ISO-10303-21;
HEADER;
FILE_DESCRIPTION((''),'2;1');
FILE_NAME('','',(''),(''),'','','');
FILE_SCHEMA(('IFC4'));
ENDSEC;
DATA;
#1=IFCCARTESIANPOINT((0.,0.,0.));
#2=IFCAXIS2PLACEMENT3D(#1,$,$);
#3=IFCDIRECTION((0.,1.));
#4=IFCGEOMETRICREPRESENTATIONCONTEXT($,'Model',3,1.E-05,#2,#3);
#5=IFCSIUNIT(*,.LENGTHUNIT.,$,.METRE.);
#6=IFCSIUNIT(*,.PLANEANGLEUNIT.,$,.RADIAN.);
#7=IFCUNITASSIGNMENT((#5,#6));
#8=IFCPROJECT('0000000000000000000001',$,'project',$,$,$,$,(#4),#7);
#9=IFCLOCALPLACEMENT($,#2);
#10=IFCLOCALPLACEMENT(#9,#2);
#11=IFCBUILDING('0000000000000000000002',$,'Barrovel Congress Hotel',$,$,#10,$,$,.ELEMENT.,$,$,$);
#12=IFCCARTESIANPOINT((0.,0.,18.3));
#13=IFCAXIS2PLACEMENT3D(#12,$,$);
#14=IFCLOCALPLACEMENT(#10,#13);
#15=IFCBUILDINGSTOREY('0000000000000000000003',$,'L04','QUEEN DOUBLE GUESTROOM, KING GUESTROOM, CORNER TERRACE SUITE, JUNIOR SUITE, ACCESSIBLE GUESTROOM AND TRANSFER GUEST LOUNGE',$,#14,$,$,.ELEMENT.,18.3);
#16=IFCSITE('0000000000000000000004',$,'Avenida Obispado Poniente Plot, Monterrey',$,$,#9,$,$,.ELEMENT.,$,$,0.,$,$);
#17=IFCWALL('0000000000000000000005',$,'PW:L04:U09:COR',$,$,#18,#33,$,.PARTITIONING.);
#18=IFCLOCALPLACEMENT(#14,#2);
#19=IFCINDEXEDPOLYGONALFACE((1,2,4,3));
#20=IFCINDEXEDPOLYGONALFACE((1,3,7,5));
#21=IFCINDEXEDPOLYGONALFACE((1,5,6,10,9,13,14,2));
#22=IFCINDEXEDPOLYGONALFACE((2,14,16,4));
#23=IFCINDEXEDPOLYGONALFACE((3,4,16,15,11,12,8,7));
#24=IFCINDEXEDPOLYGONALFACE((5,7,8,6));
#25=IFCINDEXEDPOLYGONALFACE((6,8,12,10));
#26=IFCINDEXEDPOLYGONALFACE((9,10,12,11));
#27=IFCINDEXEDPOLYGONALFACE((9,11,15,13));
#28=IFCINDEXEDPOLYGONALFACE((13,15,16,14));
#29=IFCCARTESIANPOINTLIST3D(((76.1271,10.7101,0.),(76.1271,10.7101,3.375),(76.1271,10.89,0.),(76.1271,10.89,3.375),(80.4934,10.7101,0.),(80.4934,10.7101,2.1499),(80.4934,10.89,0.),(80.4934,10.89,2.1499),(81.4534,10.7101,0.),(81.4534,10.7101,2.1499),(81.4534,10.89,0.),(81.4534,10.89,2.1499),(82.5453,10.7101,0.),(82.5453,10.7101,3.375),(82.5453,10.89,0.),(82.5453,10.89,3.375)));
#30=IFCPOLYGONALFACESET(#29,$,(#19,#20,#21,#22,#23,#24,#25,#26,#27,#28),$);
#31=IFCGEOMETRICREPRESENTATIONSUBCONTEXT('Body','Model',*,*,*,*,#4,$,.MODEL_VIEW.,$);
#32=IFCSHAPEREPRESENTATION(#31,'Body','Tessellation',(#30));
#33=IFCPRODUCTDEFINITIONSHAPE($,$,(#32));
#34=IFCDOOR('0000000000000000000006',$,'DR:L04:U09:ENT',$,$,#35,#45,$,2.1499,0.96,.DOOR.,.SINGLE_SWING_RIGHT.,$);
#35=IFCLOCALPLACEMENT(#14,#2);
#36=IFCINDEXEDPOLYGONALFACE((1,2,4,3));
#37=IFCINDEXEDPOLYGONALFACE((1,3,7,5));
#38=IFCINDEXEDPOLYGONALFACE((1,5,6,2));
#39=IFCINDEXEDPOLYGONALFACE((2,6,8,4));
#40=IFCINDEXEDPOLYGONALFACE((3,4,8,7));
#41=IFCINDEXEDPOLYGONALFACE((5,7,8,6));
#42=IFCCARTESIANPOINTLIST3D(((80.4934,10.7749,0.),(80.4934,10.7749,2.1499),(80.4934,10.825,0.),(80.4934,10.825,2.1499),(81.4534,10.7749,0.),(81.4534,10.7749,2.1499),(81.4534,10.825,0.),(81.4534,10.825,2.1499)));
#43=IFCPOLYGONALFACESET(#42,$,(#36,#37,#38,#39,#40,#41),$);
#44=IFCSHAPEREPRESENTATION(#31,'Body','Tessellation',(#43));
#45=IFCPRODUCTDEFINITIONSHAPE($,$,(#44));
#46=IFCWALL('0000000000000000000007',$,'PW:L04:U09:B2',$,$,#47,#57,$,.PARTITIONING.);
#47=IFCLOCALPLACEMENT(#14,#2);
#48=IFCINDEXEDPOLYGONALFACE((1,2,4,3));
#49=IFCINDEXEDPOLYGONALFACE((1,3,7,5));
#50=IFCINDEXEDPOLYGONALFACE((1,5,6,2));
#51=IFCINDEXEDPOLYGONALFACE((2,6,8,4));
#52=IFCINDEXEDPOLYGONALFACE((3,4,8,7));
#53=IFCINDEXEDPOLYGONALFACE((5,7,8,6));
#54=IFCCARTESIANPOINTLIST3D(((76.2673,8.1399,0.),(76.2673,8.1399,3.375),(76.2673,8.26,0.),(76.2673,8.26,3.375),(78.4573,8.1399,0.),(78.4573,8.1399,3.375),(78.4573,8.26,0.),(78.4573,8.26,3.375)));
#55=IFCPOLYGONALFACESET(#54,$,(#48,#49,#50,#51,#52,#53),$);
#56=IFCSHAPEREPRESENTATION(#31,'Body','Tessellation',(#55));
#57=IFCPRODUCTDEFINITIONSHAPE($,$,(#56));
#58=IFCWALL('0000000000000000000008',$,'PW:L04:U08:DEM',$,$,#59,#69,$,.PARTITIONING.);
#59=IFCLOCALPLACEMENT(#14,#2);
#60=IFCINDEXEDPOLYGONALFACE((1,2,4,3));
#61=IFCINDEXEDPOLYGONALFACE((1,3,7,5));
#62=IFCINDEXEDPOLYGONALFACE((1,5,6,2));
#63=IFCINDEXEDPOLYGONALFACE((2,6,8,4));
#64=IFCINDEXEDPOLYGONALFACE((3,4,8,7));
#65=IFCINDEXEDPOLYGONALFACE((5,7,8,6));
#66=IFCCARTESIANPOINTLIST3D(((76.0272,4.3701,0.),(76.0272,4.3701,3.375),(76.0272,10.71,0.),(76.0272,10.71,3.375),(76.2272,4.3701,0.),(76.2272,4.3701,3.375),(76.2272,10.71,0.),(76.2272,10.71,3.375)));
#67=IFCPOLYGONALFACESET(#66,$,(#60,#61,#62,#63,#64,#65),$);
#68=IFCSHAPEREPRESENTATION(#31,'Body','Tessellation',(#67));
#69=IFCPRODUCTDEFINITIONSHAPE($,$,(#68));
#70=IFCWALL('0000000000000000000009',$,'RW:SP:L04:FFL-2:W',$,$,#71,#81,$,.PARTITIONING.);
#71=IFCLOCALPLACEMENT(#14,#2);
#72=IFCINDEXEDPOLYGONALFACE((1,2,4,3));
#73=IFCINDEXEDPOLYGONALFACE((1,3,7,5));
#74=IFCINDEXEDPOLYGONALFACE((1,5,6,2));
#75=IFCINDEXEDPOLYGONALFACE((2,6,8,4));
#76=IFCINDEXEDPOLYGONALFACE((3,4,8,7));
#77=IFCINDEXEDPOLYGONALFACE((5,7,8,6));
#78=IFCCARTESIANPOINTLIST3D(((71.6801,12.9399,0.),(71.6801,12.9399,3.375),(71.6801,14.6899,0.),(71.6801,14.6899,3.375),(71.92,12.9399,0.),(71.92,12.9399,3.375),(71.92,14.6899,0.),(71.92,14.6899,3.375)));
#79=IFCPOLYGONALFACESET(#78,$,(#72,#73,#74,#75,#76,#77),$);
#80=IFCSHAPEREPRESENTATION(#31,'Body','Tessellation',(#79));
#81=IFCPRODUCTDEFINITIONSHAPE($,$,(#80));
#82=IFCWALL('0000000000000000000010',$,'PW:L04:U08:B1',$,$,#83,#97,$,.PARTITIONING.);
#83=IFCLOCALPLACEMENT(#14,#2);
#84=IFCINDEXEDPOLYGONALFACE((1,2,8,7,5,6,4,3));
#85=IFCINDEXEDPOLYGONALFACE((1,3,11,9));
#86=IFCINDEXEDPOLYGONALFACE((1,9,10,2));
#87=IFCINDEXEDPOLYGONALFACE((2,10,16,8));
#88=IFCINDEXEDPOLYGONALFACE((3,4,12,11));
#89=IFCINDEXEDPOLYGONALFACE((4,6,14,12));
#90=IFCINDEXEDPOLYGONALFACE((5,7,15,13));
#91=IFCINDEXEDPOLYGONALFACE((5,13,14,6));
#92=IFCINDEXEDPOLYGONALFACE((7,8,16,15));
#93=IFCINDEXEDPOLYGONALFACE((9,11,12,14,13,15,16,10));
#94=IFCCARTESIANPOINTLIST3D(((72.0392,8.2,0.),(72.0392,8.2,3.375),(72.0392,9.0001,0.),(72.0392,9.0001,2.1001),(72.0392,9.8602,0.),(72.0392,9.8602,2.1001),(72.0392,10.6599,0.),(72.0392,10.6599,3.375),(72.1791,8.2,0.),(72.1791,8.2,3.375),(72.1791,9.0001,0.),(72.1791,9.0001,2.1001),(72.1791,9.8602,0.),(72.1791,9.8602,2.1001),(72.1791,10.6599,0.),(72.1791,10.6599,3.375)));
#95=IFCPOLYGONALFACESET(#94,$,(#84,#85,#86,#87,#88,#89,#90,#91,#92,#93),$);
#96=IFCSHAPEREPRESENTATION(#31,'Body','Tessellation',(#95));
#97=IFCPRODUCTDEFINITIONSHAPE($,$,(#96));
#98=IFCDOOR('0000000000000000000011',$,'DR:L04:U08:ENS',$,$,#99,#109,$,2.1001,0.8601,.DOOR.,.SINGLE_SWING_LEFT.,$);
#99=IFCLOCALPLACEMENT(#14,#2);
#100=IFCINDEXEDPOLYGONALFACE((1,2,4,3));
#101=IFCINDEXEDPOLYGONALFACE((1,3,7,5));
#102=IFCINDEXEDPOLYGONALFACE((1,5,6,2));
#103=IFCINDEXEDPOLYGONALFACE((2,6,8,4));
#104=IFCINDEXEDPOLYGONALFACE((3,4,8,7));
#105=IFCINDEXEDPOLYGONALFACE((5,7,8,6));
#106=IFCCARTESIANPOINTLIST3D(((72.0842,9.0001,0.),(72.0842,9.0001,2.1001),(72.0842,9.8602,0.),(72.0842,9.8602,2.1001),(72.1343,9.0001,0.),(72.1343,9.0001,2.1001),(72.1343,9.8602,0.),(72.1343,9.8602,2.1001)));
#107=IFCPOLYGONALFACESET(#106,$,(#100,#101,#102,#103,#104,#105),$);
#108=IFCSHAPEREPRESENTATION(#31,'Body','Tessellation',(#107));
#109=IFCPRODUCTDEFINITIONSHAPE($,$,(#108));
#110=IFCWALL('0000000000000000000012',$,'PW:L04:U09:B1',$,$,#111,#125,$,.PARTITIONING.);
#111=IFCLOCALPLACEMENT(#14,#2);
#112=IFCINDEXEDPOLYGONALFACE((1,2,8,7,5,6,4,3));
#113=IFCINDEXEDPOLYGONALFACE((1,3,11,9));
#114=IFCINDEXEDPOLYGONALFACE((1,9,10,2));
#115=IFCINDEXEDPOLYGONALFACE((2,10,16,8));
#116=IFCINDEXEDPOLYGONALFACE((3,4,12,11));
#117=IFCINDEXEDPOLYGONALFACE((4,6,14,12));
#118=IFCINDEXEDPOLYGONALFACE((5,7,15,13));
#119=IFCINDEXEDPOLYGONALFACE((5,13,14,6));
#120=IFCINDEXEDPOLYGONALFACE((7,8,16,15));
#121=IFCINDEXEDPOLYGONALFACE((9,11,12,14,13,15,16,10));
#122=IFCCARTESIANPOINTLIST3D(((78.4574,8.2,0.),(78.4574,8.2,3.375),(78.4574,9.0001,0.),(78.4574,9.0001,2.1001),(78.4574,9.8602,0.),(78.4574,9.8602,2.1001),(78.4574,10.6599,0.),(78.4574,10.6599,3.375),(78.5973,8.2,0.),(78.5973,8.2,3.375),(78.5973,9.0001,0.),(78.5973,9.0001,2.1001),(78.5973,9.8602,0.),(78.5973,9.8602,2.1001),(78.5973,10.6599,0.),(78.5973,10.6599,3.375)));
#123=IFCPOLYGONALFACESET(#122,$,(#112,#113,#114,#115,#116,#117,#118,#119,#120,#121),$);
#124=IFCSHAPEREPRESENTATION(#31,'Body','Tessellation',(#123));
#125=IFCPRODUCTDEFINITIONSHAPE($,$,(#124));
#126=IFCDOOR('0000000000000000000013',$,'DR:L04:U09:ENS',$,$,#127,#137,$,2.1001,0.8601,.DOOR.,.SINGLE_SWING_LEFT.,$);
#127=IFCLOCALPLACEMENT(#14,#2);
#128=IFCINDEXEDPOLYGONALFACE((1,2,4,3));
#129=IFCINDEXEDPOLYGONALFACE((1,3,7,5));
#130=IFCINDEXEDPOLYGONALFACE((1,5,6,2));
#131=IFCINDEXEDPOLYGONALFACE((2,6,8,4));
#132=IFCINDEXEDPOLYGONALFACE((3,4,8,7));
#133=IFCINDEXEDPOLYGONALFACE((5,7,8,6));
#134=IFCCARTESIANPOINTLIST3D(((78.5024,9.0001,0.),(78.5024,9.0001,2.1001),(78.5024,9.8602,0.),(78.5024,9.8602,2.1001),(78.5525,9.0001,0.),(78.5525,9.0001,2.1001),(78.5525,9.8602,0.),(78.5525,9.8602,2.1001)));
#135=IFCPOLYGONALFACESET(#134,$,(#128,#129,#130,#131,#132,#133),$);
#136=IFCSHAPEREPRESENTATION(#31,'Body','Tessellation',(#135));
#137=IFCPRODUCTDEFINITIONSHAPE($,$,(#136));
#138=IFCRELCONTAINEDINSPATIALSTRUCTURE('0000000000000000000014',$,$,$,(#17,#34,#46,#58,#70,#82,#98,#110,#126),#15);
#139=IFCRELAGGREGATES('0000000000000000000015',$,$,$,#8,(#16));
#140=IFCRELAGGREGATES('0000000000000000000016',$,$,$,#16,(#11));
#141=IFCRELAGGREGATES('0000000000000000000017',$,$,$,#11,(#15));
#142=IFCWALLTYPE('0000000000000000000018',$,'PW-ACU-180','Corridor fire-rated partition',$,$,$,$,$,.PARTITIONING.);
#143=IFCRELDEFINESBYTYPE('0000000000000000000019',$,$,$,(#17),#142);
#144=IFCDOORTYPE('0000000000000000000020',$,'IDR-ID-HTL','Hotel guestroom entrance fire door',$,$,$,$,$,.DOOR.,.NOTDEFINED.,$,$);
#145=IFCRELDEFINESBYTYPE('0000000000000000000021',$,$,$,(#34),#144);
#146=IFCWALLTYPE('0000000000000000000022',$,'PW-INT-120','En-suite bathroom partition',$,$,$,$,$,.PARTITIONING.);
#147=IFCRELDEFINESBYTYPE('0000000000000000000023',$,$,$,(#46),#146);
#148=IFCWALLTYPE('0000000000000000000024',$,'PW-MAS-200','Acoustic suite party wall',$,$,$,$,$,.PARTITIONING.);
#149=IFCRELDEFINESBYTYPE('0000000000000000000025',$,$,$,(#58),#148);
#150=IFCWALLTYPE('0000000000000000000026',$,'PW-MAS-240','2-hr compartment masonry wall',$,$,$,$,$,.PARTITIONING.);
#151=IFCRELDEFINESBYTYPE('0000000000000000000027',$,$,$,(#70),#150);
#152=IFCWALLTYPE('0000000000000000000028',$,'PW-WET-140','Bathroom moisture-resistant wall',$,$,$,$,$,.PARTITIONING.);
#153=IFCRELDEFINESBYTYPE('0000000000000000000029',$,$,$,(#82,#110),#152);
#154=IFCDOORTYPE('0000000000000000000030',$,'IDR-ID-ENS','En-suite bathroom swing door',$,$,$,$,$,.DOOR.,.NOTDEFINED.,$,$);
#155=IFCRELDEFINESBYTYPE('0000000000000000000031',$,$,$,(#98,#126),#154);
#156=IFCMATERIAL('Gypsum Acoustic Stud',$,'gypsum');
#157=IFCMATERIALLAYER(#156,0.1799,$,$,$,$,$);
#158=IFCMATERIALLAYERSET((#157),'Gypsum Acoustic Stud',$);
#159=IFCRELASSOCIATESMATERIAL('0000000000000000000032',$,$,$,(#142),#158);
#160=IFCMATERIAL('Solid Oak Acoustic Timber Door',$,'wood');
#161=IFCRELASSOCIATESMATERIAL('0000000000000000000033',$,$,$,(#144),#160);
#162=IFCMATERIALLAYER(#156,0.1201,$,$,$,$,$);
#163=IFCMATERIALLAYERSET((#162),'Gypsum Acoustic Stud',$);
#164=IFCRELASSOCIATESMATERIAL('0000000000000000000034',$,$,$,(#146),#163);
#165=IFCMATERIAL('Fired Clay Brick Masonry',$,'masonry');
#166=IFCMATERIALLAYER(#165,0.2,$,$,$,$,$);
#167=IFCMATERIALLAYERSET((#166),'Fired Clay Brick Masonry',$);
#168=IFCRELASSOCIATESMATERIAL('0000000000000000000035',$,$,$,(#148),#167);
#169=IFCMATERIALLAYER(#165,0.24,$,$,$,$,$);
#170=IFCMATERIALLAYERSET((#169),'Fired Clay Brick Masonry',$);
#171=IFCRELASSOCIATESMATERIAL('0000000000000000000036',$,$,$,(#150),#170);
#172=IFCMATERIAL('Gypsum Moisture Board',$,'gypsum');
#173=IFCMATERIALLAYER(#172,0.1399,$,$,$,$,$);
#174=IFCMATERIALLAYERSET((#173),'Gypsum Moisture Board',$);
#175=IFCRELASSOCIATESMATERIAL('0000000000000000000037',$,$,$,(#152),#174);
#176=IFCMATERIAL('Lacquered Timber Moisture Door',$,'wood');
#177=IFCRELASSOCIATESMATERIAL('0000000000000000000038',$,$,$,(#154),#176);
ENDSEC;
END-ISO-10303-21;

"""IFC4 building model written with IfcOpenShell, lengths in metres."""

from ifc_helpers import new_model, si_unit, direction, frame, frame_2d, origin, place, context, subcontext, project, spatial, rectangle, extrude, material, layer, layer_set, type_object, element, fill, save


model = new_model("IFC4")

# Units and contexts
model_context = context("Model", 3, precision=1e-05, world=origin(), true_north=direction((0.0, 1.0)))
body_context = subcontext(model_context, "Body", "Model", "MODEL_VIEW")
ifc_project = project(units=[si_unit("LENGTHUNIT", "METRE"), si_unit("PLANEANGLEUNIT", "RADIAN")], contexts=[model_context])

# Site, building, storey
site_placement = place(None, origin())
site = spatial("IfcSite", under=ifc_project, at=site_placement, Name="Avenida Obispado Poniente Plot, Monterrey", CompositionType="ELEMENT", RefElevation=0.0)
building_placement = place(site_placement, origin())
building = spatial("IfcBuilding", under=site, at=building_placement, Name="Barrovel Congress Hotel", CompositionType="ELEMENT")
storey_placement = place(building_placement, frame((0.0, 0.0, 18.3)))
storey = spatial("IfcBuildingStorey", under=building, at=storey_placement, Name="L04", Description="QUEEN DOUBLE GUESTROOM, KING GUESTROOM, CORNER TERRACE SUITE, JUNIOR SUITE, ACCESSIBLE GUESTROOM AND TRANSFER GUEST LOUNGE", CompositionType="ELEMENT", Elevation=18.3)

# Shared definitions
ifc_material_1 = material(Name="Fired Clay Brick Masonry", Category="masonry")

# Wall, opening, door
ifc_material_2 = material(Name="Gypsum Acoustic Stud", Category="gypsum")
ifc_layer_1 = layer(ifc_material_2, 0.1799)
ifc_layer_set_1 = layer_set([ifc_layer_1], Name="Gypsum Acoustic Stud")
wall_type_1 = type_object("IfcWallType", Name="PW-ACU-180", Description="Corridor fire-rated partition", PredefinedType="PARTITIONING", material=ifc_layer_set_1)
wall_1_placement = place(storey_placement, frame((76.1272, 10.8, 0.0), z_axis=(0.0, 0.0, 1.0), x_axis=(1.0, 0.0, 0.0)))
wall_1 = element("IfcWall", 1, at=wall_1_placement, inside=storey, type_object=wall_type_1, Name="PW:L04:U09:COR", PredefinedType="PARTITIONING", context=body_context, shape_type="SweptSolid", body=[
    extrude(rectangle(XDim=6.4182, YDim=0.1799, at=frame_2d((3.209, 0.0))), origin(), (0.0, 0.0, 1.0), 3.375),
])
opening_1_placement = place(wall_1_placement, frame((4.3662, 0.0, 0.0)))
opening_1 = element("IfcOpeningElement", 2, at=opening_1_placement, cuts=wall_1, PredefinedType="OPENING", context=body_context, shape_type="SweptSolid", body=[
    extrude(rectangle(XDim=0.96, YDim=2.1499, at=frame_2d((0.48, 1.075))), frame((0.0, 0.1001, 0.0), z_axis=(0.0, -1.0, 0.0), x_axis=(1.0, 0.0, 0.0)), (0.0, 0.0, 1.0), 0.2),
])
ifc_material_3 = material(Name="Solid Oak Acoustic Timber Door", Category="wood")
door_type_1 = type_object("IfcDoorType", Name="IDR-ID-HTL", Description="Hotel guestroom entrance fire door", OperationType="NOTDEFINED", PredefinedType="DOOR", material=ifc_material_3)
door_1_placement = place(opening_1_placement, origin())
door_1 = element("IfcDoor", 3, at=door_1_placement, inside=storey, type_object=door_type_1, Name="DR:L04:U09:ENT", OperationType="SINGLE_SWING_RIGHT", OverallHeight=2.1499, OverallWidth=0.96, PredefinedType="DOOR", context=body_context, shape_type="SweptSolid", body=[
    extrude(rectangle(XDim=0.96, YDim=2.1499, at=frame_2d((0.48, 1.075))), frame((0.0, 0.0249, 0.0), z_axis=(0.0, -1.0, 0.0), x_axis=(1.0, 0.0, 0.0)), (0.0, 0.0, 1.0), 0.05),
])
fill(opening_1, door_1)

# Walls
ifc_layer_2 = layer(ifc_material_2, 0.1201)
ifc_layer_set_2 = layer_set([ifc_layer_2], Name="Gypsum Acoustic Stud")
wall_type_2 = type_object("IfcWallType", Name="PW-INT-120", Description="En-suite bathroom partition", PredefinedType="PARTITIONING", material=ifc_layer_set_2)
wall_2_placement = place(storey_placement, frame((76.2673, 8.2, 0.0), z_axis=(0.0, 0.0, 1.0), x_axis=(1.0, 0.0, 0.0)))
element("IfcWall", 4, at=wall_2_placement, inside=storey, type_object=wall_type_2, Name="PW:L04:U09:B2", PredefinedType="PARTITIONING", context=body_context, shape_type="SweptSolid", body=[
    extrude(rectangle(XDim=2.1899, YDim=0.1201, at=frame_2d((1.095, 0.0))), origin(), (0.0, 0.0, 1.0), 3.375),
])
ifc_layer_3 = layer(ifc_material_1, 0.2)
ifc_layer_set_3 = layer_set([ifc_layer_3], Name="Fired Clay Brick Masonry")
wall_type_3 = type_object("IfcWallType", Name="PW-MAS-200", Description="Acoustic suite party wall", PredefinedType="PARTITIONING", material=ifc_layer_set_3)
wall_3_placement = place(storey_placement, frame((76.1272, 4.3701, 0.0), z_axis=(0.0, 0.0, 1.0), x_axis=(0.0, 1.0, 0.0)))
element("IfcWall", 5, at=wall_3_placement, inside=storey, type_object=wall_type_3, Name="PW:L04:U08:DEM", PredefinedType="PARTITIONING", context=body_context, shape_type="SweptSolid", body=[
    extrude(rectangle(XDim=6.3398, YDim=0.2, at=frame_2d((3.1699, 0.0))), origin(), (0.0, 0.0, 1.0), 3.375),
])

# Shared definitions
ifc_layer_4 = layer(ifc_material_1, 0.24)
ifc_layer_set_4 = layer_set([ifc_layer_4], Name="Fired Clay Brick Masonry")
wall_type_4 = type_object("IfcWallType", Name="PW-MAS-240", Description="2-hr compartment masonry wall", PredefinedType="PARTITIONING", material=ifc_layer_set_4)

# Wall
wall_4_placement = place(storey_placement, frame((71.8, 12.9399, 0.0), z_axis=(0.0, 0.0, 1.0), x_axis=(0.0, 1.0, 0.0)))
element("IfcWall", 6, at=wall_4_placement, inside=storey, type_object=wall_type_4, Name="RW:SP:L04:FFL-2:W", PredefinedType="PARTITIONING", context=body_context, shape_type="SweptSolid", body=[
    extrude(rectangle(XDim=1.75, YDim=0.24, at=frame_2d((0.875, 0.0))), origin(), (0.0, 0.0, 1.0), 3.375),
])

# Walls, openings, doors
ifc_material_4 = material(Name="Gypsum Moisture Board", Category="gypsum")
ifc_layer_5 = layer(ifc_material_4, 0.1399)
ifc_layer_set_5 = layer_set([ifc_layer_5], Name="Gypsum Moisture Board")
wall_type_5 = type_object("IfcWallType", Name="PW-WET-140", Description="Bathroom moisture-resistant wall", PredefinedType="PARTITIONING", material=ifc_layer_set_5)
wall_5_placement = place(storey_placement, frame((72.1091, 8.2, 0.0), z_axis=(0.0, 0.0, 1.0), x_axis=(0.0, 1.0, 0.0)))
wall_5 = element("IfcWall", 7, at=wall_5_placement, inside=storey, type_object=wall_type_5, Name="PW:L04:U08:B1", PredefinedType="PARTITIONING", context=body_context, shape_type="SweptSolid", body=[
    extrude(rectangle(XDim=2.46, YDim=0.1399, at=frame_2d((1.23, 0.0))), origin(), (0.0, 0.0, 1.0), 3.375),
])
opening_2_placement = place(wall_5_placement, frame((0.8, 0.0, 0.0)))
opening_2 = element("IfcOpeningElement", 8, at=opening_2_placement, cuts=wall_5, PredefinedType="OPENING", context=body_context, shape_type="SweptSolid", body=[
    extrude(rectangle(XDim=0.8601, YDim=2.1001, at=frame_2d((0.4302, 1.05))), frame((0.0, 0.0801, 0.0), z_axis=(0.0, -1.0, 0.0), x_axis=(1.0, 0.0, 0.0)), (0.0, 0.0, 1.0), 0.1599),
])
ifc_material_5 = material(Name="Lacquered Timber Moisture Door", Category="wood")
door_type_2 = type_object("IfcDoorType", Name="IDR-ID-ENS", Description="En-suite bathroom swing door", OperationType="NOTDEFINED", PredefinedType="DOOR", material=ifc_material_5)
door_2_placement = place(opening_2_placement, origin())
door_2 = element("IfcDoor", 9, at=door_2_placement, inside=storey, type_object=door_type_2, Name="DR:L04:U08:ENS", OperationType="SINGLE_SWING_LEFT", OverallHeight=2.1001, OverallWidth=0.8601, PredefinedType="DOOR", context=body_context, shape_type="SweptSolid", body=[
    extrude(rectangle(XDim=0.8601, YDim=2.1001, at=frame_2d((0.4302, 1.05))), frame((0.0, 0.0249, 0.0), z_axis=(0.0, -1.0, 0.0), x_axis=(1.0, 0.0, 0.0)), (0.0, 0.0, 1.0), 0.05),
])
fill(opening_2, door_2)
wall_6_placement = place(storey_placement, frame((78.5273, 8.2, 0.0), z_axis=(0.0, 0.0, 1.0), x_axis=(0.0, 1.0, 0.0)))
wall_6 = element("IfcWall", 10, at=wall_6_placement, inside=storey, type_object=wall_type_5, Name="PW:L04:U09:B1", PredefinedType="PARTITIONING", context=body_context, shape_type="SweptSolid", body=[
    extrude(rectangle(XDim=2.46, YDim=0.1399, at=frame_2d((1.23, 0.0))), origin(), (0.0, 0.0, 1.0), 3.375),
])
opening_3_placement = place(wall_6_placement, frame((0.8, 0.0, 0.0)))
opening_3 = element("IfcOpeningElement", 11, at=opening_3_placement, cuts=wall_6, PredefinedType="OPENING", context=body_context, shape_type="SweptSolid", body=[
    extrude(rectangle(XDim=0.8601, YDim=2.1001, at=frame_2d((0.4302, 1.05))), frame((0.0, 0.0801, 0.0), z_axis=(0.0, -1.0, 0.0), x_axis=(1.0, 0.0, 0.0)), (0.0, 0.0, 1.0), 0.1599),
])
door_3_placement = place(opening_3_placement, origin())
door_3 = element("IfcDoor", 12, at=door_3_placement, inside=storey, type_object=door_type_2, Name="DR:L04:U09:ENS", OperationType="SINGLE_SWING_LEFT", OverallHeight=2.1001, OverallWidth=0.8601, PredefinedType="DOOR", context=body_context, shape_type="SweptSolid", body=[
    extrude(rectangle(XDim=0.8601, YDim=2.1001, at=frame_2d((0.4302, 1.05))), frame((0.0, 0.0249, 0.0), z_axis=(0.0, -1.0, 0.0), x_axis=(1.0, 0.0, 0.0)), (0.0, 0.0, 1.0), 0.05),
])
fill(opening_3, door_3)

save(model, "model.ifc")
